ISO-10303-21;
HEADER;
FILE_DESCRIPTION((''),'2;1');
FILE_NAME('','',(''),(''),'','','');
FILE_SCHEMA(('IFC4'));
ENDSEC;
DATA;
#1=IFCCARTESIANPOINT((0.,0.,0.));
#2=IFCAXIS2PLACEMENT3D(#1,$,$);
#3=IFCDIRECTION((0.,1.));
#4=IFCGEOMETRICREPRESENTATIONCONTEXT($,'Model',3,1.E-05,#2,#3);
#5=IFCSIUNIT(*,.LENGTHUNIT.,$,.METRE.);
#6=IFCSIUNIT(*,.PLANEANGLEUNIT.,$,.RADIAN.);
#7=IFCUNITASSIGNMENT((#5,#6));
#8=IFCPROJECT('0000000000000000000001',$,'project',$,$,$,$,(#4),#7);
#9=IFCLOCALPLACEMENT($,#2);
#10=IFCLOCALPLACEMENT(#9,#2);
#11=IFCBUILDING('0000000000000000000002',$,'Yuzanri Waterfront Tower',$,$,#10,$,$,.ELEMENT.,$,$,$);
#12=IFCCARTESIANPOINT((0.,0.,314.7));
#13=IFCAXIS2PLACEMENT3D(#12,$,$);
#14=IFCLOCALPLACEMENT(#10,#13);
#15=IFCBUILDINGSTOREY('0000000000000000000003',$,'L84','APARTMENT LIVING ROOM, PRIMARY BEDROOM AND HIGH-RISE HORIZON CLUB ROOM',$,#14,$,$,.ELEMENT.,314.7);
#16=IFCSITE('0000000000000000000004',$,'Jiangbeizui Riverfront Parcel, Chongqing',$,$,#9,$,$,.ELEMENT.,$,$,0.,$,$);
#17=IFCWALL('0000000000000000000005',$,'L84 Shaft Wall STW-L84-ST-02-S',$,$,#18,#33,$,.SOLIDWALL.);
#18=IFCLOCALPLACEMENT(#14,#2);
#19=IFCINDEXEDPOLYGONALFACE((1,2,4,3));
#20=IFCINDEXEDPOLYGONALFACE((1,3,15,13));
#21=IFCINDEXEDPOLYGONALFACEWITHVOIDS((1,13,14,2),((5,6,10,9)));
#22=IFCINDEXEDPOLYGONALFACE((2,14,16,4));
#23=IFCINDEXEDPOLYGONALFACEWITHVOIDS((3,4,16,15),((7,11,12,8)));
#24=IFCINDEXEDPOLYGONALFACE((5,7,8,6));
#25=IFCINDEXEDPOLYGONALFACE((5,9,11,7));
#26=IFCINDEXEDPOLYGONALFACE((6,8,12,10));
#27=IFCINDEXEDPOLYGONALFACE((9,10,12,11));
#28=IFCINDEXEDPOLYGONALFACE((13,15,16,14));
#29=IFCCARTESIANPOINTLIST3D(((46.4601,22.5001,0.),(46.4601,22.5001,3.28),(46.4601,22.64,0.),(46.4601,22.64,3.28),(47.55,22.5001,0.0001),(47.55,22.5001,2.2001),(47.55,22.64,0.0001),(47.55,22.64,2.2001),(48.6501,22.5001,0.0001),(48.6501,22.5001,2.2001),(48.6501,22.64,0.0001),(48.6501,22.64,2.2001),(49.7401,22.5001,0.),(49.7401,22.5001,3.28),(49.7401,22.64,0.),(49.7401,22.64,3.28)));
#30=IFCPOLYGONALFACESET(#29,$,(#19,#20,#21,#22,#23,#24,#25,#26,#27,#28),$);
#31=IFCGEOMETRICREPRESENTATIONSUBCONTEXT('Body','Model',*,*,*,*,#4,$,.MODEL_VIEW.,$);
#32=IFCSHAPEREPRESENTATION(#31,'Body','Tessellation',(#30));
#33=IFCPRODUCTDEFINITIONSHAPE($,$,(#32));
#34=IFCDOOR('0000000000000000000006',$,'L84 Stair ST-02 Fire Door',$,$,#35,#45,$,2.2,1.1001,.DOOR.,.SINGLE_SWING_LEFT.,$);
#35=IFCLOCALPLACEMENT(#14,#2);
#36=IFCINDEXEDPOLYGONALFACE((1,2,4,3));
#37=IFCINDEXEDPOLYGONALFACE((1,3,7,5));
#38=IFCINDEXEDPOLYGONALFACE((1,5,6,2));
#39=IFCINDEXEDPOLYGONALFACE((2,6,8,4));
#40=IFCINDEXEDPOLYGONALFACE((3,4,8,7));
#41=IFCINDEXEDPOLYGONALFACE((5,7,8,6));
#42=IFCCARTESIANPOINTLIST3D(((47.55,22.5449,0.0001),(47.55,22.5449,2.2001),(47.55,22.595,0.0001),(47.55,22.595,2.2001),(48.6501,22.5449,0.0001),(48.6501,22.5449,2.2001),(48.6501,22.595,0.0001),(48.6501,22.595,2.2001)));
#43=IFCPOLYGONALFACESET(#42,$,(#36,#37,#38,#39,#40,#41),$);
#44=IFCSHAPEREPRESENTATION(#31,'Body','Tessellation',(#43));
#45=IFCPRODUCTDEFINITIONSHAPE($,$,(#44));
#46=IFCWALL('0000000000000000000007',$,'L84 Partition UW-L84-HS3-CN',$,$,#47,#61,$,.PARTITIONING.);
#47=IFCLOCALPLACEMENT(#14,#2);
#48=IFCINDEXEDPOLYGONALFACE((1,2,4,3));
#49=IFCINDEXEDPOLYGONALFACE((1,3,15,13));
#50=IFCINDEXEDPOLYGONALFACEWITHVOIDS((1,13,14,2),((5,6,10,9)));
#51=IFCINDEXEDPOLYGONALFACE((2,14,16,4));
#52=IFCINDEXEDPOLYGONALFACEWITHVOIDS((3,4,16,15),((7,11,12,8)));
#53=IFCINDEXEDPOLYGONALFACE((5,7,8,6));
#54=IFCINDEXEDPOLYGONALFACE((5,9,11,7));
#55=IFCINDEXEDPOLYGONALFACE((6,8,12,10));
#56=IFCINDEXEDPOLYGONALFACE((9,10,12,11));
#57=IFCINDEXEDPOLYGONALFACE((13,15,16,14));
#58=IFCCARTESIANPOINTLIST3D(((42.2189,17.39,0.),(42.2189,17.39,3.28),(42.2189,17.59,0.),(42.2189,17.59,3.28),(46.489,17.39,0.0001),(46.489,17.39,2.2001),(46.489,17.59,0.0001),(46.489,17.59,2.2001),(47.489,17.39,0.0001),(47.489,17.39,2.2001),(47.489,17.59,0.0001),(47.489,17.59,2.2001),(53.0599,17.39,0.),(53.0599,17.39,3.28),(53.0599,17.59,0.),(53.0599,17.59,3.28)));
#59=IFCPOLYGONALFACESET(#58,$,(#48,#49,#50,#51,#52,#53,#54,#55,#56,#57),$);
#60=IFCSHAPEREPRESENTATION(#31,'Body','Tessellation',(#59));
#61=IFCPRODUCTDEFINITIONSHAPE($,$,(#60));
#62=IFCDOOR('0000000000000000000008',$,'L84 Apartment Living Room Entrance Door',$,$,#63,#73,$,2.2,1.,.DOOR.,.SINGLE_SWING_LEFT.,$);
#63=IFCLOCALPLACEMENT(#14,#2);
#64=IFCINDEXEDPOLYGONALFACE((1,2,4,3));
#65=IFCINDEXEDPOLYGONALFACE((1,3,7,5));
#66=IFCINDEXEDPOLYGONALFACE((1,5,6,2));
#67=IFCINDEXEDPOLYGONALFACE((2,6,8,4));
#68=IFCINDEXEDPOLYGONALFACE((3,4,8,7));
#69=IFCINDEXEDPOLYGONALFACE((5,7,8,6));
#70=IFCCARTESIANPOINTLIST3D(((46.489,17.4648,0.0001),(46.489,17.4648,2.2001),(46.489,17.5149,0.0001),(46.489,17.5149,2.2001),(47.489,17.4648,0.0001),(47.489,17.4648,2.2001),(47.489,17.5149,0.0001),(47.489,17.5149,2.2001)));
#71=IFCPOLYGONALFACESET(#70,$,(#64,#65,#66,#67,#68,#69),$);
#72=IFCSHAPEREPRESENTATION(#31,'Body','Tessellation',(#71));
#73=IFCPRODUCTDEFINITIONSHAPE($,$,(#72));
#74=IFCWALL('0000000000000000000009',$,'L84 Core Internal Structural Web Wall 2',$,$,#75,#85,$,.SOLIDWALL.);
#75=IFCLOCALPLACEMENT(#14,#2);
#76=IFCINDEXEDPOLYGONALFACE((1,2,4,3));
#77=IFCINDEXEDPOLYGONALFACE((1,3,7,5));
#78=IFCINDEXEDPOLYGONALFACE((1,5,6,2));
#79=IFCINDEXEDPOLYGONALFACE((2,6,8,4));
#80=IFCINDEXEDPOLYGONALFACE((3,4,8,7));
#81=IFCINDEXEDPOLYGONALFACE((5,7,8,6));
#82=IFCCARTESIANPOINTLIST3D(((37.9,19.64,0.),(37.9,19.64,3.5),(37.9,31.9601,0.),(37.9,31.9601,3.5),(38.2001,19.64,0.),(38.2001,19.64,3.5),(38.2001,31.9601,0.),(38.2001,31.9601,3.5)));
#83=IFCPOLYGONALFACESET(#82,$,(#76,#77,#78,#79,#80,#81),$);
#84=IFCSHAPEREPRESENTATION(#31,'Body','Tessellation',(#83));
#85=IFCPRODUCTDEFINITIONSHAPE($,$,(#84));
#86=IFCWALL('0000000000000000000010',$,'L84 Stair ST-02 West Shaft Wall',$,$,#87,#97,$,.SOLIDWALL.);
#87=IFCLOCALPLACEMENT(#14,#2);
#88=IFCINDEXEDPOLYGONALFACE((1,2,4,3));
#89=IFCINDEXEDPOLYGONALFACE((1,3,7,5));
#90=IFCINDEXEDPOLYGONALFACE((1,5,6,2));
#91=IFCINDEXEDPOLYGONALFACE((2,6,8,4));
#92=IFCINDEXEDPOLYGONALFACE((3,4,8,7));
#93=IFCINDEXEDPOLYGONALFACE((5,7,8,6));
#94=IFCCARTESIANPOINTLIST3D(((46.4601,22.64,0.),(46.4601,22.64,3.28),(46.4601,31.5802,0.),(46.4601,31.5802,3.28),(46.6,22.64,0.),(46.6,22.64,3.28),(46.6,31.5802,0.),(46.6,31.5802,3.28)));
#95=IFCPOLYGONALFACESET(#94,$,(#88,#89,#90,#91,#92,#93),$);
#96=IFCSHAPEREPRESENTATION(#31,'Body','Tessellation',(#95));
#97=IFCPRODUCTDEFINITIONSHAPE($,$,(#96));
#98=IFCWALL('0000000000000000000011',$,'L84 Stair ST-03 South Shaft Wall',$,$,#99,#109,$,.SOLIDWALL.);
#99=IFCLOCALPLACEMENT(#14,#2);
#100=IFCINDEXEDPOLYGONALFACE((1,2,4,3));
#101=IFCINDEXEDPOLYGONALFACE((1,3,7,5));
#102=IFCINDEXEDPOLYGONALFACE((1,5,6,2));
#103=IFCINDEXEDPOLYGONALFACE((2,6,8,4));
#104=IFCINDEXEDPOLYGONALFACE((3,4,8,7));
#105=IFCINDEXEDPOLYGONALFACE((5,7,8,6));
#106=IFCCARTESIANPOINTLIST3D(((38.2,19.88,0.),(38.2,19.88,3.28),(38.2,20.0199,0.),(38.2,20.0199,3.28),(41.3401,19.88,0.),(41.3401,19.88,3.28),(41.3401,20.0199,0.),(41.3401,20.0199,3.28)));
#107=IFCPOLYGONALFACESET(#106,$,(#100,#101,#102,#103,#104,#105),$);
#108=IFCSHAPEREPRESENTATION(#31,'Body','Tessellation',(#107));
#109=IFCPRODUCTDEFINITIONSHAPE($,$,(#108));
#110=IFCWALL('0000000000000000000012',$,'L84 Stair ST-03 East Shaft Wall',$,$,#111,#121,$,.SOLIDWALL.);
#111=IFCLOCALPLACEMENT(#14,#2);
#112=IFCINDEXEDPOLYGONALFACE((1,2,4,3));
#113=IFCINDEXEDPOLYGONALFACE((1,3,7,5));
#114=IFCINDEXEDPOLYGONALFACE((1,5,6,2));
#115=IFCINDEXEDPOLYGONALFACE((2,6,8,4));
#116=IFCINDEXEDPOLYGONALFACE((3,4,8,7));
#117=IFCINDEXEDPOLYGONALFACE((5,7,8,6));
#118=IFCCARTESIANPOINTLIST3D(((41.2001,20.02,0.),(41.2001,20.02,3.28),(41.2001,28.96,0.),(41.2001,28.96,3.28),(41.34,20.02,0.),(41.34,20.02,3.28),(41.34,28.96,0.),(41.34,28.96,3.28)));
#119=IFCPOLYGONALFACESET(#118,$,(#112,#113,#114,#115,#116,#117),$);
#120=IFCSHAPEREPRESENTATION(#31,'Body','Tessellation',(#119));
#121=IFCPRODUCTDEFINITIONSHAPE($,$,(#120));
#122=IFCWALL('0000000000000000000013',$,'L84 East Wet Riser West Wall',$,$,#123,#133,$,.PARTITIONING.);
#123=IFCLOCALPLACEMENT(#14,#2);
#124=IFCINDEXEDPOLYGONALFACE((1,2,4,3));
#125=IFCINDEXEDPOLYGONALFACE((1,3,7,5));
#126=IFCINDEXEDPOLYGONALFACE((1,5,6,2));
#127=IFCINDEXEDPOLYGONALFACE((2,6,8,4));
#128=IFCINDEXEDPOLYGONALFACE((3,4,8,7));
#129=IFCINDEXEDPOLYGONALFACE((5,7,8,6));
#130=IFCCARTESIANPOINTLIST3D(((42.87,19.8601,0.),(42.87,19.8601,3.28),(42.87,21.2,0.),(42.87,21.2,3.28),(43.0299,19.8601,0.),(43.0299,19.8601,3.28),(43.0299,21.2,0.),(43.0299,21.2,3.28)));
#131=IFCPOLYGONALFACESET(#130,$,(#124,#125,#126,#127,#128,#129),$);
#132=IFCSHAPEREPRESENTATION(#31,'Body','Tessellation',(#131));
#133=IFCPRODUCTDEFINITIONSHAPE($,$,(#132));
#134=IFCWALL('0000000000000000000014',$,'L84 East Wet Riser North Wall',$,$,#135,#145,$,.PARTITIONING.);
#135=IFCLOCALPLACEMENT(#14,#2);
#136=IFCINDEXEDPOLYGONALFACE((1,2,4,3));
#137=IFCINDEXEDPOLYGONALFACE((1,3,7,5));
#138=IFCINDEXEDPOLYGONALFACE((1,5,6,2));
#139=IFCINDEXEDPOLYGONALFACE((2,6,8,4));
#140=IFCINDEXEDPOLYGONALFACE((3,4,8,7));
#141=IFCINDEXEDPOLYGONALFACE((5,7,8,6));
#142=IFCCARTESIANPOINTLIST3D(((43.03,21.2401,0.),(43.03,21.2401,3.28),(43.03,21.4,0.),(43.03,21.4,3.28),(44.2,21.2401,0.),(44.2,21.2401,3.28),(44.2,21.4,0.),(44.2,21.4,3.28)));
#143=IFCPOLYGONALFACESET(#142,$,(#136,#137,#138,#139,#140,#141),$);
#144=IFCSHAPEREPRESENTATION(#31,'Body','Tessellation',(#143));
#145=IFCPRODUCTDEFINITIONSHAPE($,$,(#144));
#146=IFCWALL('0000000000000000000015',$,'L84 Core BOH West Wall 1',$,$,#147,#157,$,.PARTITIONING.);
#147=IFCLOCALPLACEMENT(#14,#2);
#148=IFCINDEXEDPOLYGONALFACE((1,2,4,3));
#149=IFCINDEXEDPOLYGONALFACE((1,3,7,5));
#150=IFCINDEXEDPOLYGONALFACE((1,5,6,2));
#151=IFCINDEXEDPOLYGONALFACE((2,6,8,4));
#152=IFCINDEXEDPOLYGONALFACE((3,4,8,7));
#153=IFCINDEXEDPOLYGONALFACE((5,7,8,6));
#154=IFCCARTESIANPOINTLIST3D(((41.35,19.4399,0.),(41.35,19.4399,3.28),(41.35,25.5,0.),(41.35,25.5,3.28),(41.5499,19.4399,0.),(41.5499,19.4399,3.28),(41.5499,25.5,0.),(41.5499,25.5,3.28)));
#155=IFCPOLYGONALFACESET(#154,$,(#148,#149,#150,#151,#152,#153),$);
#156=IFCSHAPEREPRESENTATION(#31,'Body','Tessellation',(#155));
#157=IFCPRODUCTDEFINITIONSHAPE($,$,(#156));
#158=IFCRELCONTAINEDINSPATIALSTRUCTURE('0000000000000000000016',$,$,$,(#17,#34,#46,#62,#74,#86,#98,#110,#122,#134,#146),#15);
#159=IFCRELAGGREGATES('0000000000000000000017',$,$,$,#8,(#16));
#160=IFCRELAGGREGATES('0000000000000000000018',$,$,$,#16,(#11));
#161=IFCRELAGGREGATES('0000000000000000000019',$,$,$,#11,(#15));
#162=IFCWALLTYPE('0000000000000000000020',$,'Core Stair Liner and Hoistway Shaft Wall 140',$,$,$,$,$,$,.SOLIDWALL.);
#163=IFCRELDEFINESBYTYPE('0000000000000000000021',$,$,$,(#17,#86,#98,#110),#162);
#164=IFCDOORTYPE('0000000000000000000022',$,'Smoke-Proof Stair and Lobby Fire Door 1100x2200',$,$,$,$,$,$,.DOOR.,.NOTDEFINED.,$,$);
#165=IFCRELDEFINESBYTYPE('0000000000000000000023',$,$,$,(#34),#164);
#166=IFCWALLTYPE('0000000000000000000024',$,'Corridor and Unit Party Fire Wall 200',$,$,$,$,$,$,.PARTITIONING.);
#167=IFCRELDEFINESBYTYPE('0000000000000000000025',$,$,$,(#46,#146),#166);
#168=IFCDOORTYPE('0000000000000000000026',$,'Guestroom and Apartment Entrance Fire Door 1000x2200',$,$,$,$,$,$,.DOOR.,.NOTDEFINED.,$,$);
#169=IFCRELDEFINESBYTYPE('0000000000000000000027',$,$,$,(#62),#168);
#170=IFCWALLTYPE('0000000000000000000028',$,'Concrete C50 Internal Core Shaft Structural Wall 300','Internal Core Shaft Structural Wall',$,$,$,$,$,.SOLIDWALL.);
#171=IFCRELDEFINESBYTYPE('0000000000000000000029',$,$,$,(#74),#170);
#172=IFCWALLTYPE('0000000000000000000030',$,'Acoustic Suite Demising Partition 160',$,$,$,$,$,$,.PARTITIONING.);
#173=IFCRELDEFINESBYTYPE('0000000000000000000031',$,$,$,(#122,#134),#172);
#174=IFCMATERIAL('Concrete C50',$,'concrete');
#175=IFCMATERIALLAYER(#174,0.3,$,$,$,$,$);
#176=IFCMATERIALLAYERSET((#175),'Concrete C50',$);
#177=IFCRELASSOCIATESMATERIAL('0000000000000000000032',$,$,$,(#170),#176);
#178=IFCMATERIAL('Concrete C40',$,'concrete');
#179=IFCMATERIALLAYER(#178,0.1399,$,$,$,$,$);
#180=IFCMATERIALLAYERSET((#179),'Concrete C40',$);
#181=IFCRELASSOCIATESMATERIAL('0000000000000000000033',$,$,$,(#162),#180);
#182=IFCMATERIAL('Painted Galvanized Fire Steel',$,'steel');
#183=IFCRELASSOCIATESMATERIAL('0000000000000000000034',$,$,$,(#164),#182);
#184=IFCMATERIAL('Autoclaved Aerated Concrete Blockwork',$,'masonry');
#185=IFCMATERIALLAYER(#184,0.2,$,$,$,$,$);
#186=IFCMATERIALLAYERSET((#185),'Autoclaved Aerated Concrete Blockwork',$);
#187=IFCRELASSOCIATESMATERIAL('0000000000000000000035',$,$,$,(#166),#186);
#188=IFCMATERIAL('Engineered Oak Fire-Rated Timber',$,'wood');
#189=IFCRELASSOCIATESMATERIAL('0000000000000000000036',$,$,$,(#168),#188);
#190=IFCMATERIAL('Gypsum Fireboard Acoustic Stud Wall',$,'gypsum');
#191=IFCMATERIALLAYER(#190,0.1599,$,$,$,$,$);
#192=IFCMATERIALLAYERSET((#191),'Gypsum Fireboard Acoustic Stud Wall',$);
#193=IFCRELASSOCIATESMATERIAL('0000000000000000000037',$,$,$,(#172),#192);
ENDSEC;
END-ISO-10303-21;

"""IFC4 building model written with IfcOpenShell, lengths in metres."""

from ifc_helpers import new_model, si_unit, direction, frame, frame_2d, origin, place, context, subcontext, project, spatial, rectangle, extrude, source, transform, mapped, material, layer, layer_set, type_object, element, fill, save


model = new_model("IFC4")

# Units and contexts
model_context = context("Model", 3, precision=1e-05, world=origin(), true_north=direction((0.0, 1.0)))
body_context = subcontext(model_context, "Body", "Model", "MODEL_VIEW")
ifc_project = project(units=[si_unit("LENGTHUNIT", "METRE"), si_unit("PLANEANGLEUNIT", "RADIAN")], contexts=[model_context])

# Site, building, storey
site_placement = place(None, origin())
site = spatial("IfcSite", under=ifc_project, at=site_placement, Name="Jiangbeizui Riverfront Parcel, Chongqing", CompositionType="ELEMENT", RefElevation=0.0)
building_placement = place(site_placement, origin())
building = spatial("IfcBuilding", under=site, at=building_placement, Name="Yuzanri Waterfront Tower", CompositionType="ELEMENT")
storey_placement = place(building_placement, frame((0.0, 0.0, 314.7)))
storey = spatial("IfcBuildingStorey", under=building, at=storey_placement, Name="L84", Description="APARTMENT LIVING ROOM, PRIMARY BEDROOM AND HIGH-RISE HORIZON CLUB ROOM", CompositionType="ELEMENT", Elevation=314.7)

# Shared definitions
ifc_material_1 = material(Name="Concrete C50", Category="concrete")
ifc_layer_1 = layer(ifc_material_1, 0.3)
ifc_layer_set_1 = layer_set([ifc_layer_1], Name="Concrete C50")
wall_type_1 = type_object("IfcWallType", Name="Concrete C50 Internal Core Shaft Structural Wall 300", Description="Internal Core Shaft Structural Wall", PredefinedType="SOLIDWALL", material=ifc_layer_set_1)

# Walls, openings, doors
ifc_material_2 = material(Name="Concrete C40", Category="concrete")
ifc_layer_2 = layer(ifc_material_2, 0.1399)
ifc_layer_set_2 = layer_set([ifc_layer_2], Name="Concrete C40")
wall_type_2 = type_object("IfcWallType", Name="Core Stair Liner and Hoistway Shaft Wall 140", PredefinedType="SOLIDWALL", material=ifc_layer_set_2)
wall_1_placement = place(storey_placement, frame((46.46, 22.5701, 0.0), z_axis=(0.0, 0.0, 1.0), x_axis=(1.0, 0.0, 0.0)))
wall_1 = element("IfcWall", 1, at=wall_1_placement, inside=storey, type_object=wall_type_2, Name="L84 Shaft Wall STW-L84-ST-02-S", PredefinedType="SOLIDWALL", context=body_context, shape_type="SweptSolid", body=[
    extrude(rectangle(XDim=3.28, YDim=0.1399, at=frame_2d((1.6401, 0.0))), origin(), (0.0, 0.0, 1.0), 3.28),
])
opening_1_placement = place(wall_1_placement, frame((1.0901, 0.0, 0.0)))
opening_1 = element("IfcOpeningElement", 2, at=opening_1_placement, cuts=wall_1, PredefinedType="OPENING", context=body_context, shape_type="SweptSolid", body=[
    extrude(rectangle(XDim=1.1001, YDim=2.2, at=frame_2d((0.55, 1.1001))), frame((0.0, 0.085, 0.0), z_axis=(0.0, -1.0, 0.0), x_axis=(1.0, 0.0, 0.0)), (0.0, 0.0, 1.0), 0.1697),
])
ifc_material_3 = material(Name="Painted Galvanized Fire Steel", Category="steel")
door_type_1 = type_object("IfcDoorType", Name="Smoke-Proof Stair and Lobby Fire Door 1100x2200", OperationType="NOTDEFINED", PredefinedType="DOOR", material=ifc_material_3)
shared_shape_1 = source(origin(), body_context, "Body", "SweptSolid", [
    extrude(rectangle(XDim=1.1001, YDim=2.2, at=frame_2d((0.55, 1.1001))), frame((0.0, 0.0249, 0.0), z_axis=(0.0, -1.0, 0.0), x_axis=(1.0, 0.0, 0.0)), (0.0, 0.0, 1.0), 0.05),
])
door_1_placement = place(opening_1_placement, origin())
door_1 = element("IfcDoor", 3, at=door_1_placement, inside=storey, type_object=door_type_1, Name="L84 Stair ST-02 Fire Door", OperationType="SINGLE_SWING_LEFT", OverallHeight=2.2, OverallWidth=1.1001, PredefinedType="DOOR", context=body_context, shape_type="MappedRepresentation", body=[
    mapped(shared_shape_1, transform((0.0, 0.0, 0.0), scale=1.0)),
])
fill(opening_1, door_1)
ifc_material_4 = material(Name="Autoclaved Aerated Concrete Blockwork", Category="masonry")
ifc_layer_3 = layer(ifc_material_4, 0.2)
ifc_layer_set_3 = layer_set([ifc_layer_3], Name="Autoclaved Aerated Concrete Blockwork")
wall_type_3 = type_object("IfcWallType", Name="Corridor and Unit Party Fire Wall 200", PredefinedType="PARTITIONING", material=ifc_layer_set_3)
wall_2_placement = place(storey_placement, frame((42.219, 17.49, 0.0), z_axis=(0.0, 0.0, 1.0), x_axis=(1.0, 0.0, 0.0)))
wall_2 = element("IfcWall", 4, at=wall_2_placement, inside=storey, type_object=wall_type_3, Name="L84 Partition UW-L84-HS3-CN", PredefinedType="PARTITIONING", context=body_context, shape_type="SweptSolid", body=[
    extrude(rectangle(XDim=10.8411, YDim=0.2, at=frame_2d((5.4204, 0.0))), origin(), (0.0, 0.0, 1.0), 3.28),
])
opening_2_placement = place(wall_2_placement, frame((4.27, 0.0, 0.0)))
opening_2 = element("IfcOpeningElement", 5, at=opening_2_placement, cuts=wall_2, PredefinedType="OPENING", context=body_context, shape_type="SweptSolid", body=[
    extrude(rectangle(XDim=1.0, YDim=2.2, at=frame_2d((0.5, 1.1001))), frame((0.0, 0.1147, 0.0), z_axis=(0.0, -1.0, 0.0), x_axis=(1.0, 0.0, 0.0)), (0.0, 0.0, 1.0), 0.2297),
])
ifc_material_5 = material(Name="Engineered Oak Fire-Rated Timber", Category="wood")
door_type_2 = type_object("IfcDoorType", Name="Guestroom and Apartment Entrance Fire Door 1000x2200", OperationType="NOTDEFINED", PredefinedType="DOOR", material=ifc_material_5)
shared_shape_2 = source(origin(), body_context, "Body", "SweptSolid", [
    extrude(rectangle(XDim=1.0, YDim=2.2, at=frame_2d((0.5, 1.1001))), frame((0.0, 0.0249, 0.0), z_axis=(0.0, -1.0, 0.0), x_axis=(1.0, 0.0, 0.0)), (0.0, 0.0, 1.0), 0.05),
])
door_2_placement = place(opening_2_placement, origin())
door_2 = element("IfcDoor", 6, at=door_2_placement, inside=storey, type_object=door_type_2, Name="L84 Apartment Living Room Entrance Door", OperationType="SINGLE_SWING_LEFT", OverallHeight=2.2, OverallWidth=1.0, PredefinedType="DOOR", context=body_context, shape_type="MappedRepresentation", body=[
    mapped(shared_shape_2, transform((0.0, 0.0, 0.0), scale=1.0)),
])
fill(opening_2, door_2)

# Walls
shared_shape_3 = source(origin(), body_context, "Body", "SweptSolid", [
    extrude(rectangle(XDim=12.3201, YDim=0.3, at=frame_2d((6.1602, 0.0))), origin(), (0.0, 0.0, 1.0), 3.5),
])
wall_3_placement = place(storey_placement, frame((38.05, 19.6399, 0.0), z_axis=(0.0, 0.0, 1.0), x_axis=(0.0, 1.0, 0.0)))
element("IfcWall", 7, at=wall_3_placement, inside=storey, type_object=wall_type_1, Name="L84 Core Internal Structural Web Wall 2", PredefinedType="SOLIDWALL", context=body_context, shape_type="MappedRepresentation", body=[
    mapped(shared_shape_3, transform((0.0, 0.0, 0.0), scale=1.0)),
])
shared_shape_4 = source(origin(), body_context, "Body", "SweptSolid", [
    extrude(rectangle(XDim=8.9402, YDim=0.1399, at=frame_2d((4.4702, 0.0))), origin(), (0.0, 0.0, 1.0), 3.28),
])
wall_4_placement = place(storey_placement, frame((46.53, 22.6399, 0.0), z_axis=(0.0, 0.0, 1.0), x_axis=(0.0, 1.0, 0.0)))
element("IfcWall", 8, at=wall_4_placement, inside=storey, type_object=wall_type_2, Name="L84 Stair ST-02 West Shaft Wall", PredefinedType="SOLIDWALL", context=body_context, shape_type="MappedRepresentation", body=[
    mapped(shared_shape_4, transform((0.0, 0.0, 0.0), scale=1.0)),
])
shared_shape_5 = source(origin(), body_context, "Body", "SweptSolid", [
    extrude(rectangle(XDim=3.1401, YDim=0.1399, at=frame_2d((1.5701, 0.0))), origin(), (0.0, 0.0, 1.0), 3.28),
])
wall_5_placement = place(storey_placement, frame((38.2, 19.95, 0.0), z_axis=(0.0, 0.0, 1.0), x_axis=(1.0, 0.0, 0.0)))
element("IfcWall", 9, at=wall_5_placement, inside=storey, type_object=wall_type_2, Name="L84 Stair ST-03 South Shaft Wall", PredefinedType="SOLIDWALL", context=body_context, shape_type="MappedRepresentation", body=[
    mapped(shared_shape_5, transform((0.0, 0.0, 0.0), scale=1.0)),
])
shared_shape_6 = source(origin(), body_context, "Body", "SweptSolid", [
    extrude(rectangle(XDim=8.9399, YDim=0.1399, at=frame_2d((4.47, 0.0))), origin(), (0.0, 0.0, 1.0), 3.28),
])
wall_6_placement = place(storey_placement, frame((41.27, 20.02, 0.0), z_axis=(0.0, 0.0, 1.0), x_axis=(0.0, 1.0, 0.0)))
element("IfcWall", 10, at=wall_6_placement, inside=storey, type_object=wall_type_2, Name="L84 Stair ST-03 East Shaft Wall", PredefinedType="SOLIDWALL", context=body_context, shape_type="MappedRepresentation", body=[
    mapped(shared_shape_6, transform((0.0, 0.0, 0.0), scale=1.0)),
])
ifc_material_6 = material(Name="Gypsum Fireboard Acoustic Stud Wall", Category="gypsum")
ifc_layer_4 = layer(ifc_material_6, 0.1599)
ifc_layer_set_4 = layer_set([ifc_layer_4], Name="Gypsum Fireboard Acoustic Stud Wall")
wall_type_4 = type_object("IfcWallType", Name="Acoustic Suite Demising Partition 160", PredefinedType="PARTITIONING", material=ifc_layer_set_4)
shared_shape_7 = source(origin(), body_context, "Body", "SweptSolid", [
    extrude(rectangle(XDim=1.3398, YDim=0.1599, at=frame_2d((0.6699, 0.0))), origin(), (0.0, 0.0, 1.0), 3.28),
])
wall_7_placement = place(storey_placement, frame((42.95, 19.8601, 0.0), z_axis=(0.0, 0.0, 1.0), x_axis=(0.0, 1.0, 0.0)))
element("IfcWall", 11, at=wall_7_placement, inside=storey, type_object=wall_type_4, Name="L84 East Wet Riser West Wall", PredefinedType="PARTITIONING", context=body_context, shape_type="MappedRepresentation", body=[
    mapped(shared_shape_7, transform((0.0, 0.0, 0.0), scale=1.0)),
])
shared_shape_8 = source(origin(), body_context, "Body", "SweptSolid", [
    extrude(rectangle(XDim=1.1699, YDim=0.1599, at=frame_2d((0.585, 0.0))), origin(), (0.0, 0.0, 1.0), 3.28),
])
wall_8_placement = place(storey_placement, frame((43.03, 21.3201, 0.0), z_axis=(0.0, 0.0, 1.0), x_axis=(1.0, 0.0, 0.0)))
element("IfcWall", 12, at=wall_8_placement, inside=storey, type_object=wall_type_4, Name="L84 East Wet Riser North Wall", PredefinedType="PARTITIONING", context=body_context, shape_type="MappedRepresentation", body=[
    mapped(shared_shape_8, transform((0.0, 0.0, 0.0), scale=1.0)),
])
shared_shape_9 = source(origin(), body_context, "Body", "SweptSolid", [
    extrude(rectangle(XDim=6.0601, YDim=0.2, at=frame_2d((3.03, 0.0))), origin(), (0.0, 0.0, 1.0), 3.28),
])
wall_9_placement = place(storey_placement, frame((41.45, 19.4399, 0.0), z_axis=(0.0, 0.0, 1.0), x_axis=(0.0, 1.0, 0.0)))
element("IfcWall", 13, at=wall_9_placement, inside=storey, type_object=wall_type_3, Name="L84 Core BOH West Wall 1", PredefinedType="PARTITIONING", context=body_context, shape_type="MappedRepresentation", body=[
    mapped(shared_shape_9, transform((0.0, 0.0, 0.0), scale=1.0)),
])

save(model, "model.ifc")
